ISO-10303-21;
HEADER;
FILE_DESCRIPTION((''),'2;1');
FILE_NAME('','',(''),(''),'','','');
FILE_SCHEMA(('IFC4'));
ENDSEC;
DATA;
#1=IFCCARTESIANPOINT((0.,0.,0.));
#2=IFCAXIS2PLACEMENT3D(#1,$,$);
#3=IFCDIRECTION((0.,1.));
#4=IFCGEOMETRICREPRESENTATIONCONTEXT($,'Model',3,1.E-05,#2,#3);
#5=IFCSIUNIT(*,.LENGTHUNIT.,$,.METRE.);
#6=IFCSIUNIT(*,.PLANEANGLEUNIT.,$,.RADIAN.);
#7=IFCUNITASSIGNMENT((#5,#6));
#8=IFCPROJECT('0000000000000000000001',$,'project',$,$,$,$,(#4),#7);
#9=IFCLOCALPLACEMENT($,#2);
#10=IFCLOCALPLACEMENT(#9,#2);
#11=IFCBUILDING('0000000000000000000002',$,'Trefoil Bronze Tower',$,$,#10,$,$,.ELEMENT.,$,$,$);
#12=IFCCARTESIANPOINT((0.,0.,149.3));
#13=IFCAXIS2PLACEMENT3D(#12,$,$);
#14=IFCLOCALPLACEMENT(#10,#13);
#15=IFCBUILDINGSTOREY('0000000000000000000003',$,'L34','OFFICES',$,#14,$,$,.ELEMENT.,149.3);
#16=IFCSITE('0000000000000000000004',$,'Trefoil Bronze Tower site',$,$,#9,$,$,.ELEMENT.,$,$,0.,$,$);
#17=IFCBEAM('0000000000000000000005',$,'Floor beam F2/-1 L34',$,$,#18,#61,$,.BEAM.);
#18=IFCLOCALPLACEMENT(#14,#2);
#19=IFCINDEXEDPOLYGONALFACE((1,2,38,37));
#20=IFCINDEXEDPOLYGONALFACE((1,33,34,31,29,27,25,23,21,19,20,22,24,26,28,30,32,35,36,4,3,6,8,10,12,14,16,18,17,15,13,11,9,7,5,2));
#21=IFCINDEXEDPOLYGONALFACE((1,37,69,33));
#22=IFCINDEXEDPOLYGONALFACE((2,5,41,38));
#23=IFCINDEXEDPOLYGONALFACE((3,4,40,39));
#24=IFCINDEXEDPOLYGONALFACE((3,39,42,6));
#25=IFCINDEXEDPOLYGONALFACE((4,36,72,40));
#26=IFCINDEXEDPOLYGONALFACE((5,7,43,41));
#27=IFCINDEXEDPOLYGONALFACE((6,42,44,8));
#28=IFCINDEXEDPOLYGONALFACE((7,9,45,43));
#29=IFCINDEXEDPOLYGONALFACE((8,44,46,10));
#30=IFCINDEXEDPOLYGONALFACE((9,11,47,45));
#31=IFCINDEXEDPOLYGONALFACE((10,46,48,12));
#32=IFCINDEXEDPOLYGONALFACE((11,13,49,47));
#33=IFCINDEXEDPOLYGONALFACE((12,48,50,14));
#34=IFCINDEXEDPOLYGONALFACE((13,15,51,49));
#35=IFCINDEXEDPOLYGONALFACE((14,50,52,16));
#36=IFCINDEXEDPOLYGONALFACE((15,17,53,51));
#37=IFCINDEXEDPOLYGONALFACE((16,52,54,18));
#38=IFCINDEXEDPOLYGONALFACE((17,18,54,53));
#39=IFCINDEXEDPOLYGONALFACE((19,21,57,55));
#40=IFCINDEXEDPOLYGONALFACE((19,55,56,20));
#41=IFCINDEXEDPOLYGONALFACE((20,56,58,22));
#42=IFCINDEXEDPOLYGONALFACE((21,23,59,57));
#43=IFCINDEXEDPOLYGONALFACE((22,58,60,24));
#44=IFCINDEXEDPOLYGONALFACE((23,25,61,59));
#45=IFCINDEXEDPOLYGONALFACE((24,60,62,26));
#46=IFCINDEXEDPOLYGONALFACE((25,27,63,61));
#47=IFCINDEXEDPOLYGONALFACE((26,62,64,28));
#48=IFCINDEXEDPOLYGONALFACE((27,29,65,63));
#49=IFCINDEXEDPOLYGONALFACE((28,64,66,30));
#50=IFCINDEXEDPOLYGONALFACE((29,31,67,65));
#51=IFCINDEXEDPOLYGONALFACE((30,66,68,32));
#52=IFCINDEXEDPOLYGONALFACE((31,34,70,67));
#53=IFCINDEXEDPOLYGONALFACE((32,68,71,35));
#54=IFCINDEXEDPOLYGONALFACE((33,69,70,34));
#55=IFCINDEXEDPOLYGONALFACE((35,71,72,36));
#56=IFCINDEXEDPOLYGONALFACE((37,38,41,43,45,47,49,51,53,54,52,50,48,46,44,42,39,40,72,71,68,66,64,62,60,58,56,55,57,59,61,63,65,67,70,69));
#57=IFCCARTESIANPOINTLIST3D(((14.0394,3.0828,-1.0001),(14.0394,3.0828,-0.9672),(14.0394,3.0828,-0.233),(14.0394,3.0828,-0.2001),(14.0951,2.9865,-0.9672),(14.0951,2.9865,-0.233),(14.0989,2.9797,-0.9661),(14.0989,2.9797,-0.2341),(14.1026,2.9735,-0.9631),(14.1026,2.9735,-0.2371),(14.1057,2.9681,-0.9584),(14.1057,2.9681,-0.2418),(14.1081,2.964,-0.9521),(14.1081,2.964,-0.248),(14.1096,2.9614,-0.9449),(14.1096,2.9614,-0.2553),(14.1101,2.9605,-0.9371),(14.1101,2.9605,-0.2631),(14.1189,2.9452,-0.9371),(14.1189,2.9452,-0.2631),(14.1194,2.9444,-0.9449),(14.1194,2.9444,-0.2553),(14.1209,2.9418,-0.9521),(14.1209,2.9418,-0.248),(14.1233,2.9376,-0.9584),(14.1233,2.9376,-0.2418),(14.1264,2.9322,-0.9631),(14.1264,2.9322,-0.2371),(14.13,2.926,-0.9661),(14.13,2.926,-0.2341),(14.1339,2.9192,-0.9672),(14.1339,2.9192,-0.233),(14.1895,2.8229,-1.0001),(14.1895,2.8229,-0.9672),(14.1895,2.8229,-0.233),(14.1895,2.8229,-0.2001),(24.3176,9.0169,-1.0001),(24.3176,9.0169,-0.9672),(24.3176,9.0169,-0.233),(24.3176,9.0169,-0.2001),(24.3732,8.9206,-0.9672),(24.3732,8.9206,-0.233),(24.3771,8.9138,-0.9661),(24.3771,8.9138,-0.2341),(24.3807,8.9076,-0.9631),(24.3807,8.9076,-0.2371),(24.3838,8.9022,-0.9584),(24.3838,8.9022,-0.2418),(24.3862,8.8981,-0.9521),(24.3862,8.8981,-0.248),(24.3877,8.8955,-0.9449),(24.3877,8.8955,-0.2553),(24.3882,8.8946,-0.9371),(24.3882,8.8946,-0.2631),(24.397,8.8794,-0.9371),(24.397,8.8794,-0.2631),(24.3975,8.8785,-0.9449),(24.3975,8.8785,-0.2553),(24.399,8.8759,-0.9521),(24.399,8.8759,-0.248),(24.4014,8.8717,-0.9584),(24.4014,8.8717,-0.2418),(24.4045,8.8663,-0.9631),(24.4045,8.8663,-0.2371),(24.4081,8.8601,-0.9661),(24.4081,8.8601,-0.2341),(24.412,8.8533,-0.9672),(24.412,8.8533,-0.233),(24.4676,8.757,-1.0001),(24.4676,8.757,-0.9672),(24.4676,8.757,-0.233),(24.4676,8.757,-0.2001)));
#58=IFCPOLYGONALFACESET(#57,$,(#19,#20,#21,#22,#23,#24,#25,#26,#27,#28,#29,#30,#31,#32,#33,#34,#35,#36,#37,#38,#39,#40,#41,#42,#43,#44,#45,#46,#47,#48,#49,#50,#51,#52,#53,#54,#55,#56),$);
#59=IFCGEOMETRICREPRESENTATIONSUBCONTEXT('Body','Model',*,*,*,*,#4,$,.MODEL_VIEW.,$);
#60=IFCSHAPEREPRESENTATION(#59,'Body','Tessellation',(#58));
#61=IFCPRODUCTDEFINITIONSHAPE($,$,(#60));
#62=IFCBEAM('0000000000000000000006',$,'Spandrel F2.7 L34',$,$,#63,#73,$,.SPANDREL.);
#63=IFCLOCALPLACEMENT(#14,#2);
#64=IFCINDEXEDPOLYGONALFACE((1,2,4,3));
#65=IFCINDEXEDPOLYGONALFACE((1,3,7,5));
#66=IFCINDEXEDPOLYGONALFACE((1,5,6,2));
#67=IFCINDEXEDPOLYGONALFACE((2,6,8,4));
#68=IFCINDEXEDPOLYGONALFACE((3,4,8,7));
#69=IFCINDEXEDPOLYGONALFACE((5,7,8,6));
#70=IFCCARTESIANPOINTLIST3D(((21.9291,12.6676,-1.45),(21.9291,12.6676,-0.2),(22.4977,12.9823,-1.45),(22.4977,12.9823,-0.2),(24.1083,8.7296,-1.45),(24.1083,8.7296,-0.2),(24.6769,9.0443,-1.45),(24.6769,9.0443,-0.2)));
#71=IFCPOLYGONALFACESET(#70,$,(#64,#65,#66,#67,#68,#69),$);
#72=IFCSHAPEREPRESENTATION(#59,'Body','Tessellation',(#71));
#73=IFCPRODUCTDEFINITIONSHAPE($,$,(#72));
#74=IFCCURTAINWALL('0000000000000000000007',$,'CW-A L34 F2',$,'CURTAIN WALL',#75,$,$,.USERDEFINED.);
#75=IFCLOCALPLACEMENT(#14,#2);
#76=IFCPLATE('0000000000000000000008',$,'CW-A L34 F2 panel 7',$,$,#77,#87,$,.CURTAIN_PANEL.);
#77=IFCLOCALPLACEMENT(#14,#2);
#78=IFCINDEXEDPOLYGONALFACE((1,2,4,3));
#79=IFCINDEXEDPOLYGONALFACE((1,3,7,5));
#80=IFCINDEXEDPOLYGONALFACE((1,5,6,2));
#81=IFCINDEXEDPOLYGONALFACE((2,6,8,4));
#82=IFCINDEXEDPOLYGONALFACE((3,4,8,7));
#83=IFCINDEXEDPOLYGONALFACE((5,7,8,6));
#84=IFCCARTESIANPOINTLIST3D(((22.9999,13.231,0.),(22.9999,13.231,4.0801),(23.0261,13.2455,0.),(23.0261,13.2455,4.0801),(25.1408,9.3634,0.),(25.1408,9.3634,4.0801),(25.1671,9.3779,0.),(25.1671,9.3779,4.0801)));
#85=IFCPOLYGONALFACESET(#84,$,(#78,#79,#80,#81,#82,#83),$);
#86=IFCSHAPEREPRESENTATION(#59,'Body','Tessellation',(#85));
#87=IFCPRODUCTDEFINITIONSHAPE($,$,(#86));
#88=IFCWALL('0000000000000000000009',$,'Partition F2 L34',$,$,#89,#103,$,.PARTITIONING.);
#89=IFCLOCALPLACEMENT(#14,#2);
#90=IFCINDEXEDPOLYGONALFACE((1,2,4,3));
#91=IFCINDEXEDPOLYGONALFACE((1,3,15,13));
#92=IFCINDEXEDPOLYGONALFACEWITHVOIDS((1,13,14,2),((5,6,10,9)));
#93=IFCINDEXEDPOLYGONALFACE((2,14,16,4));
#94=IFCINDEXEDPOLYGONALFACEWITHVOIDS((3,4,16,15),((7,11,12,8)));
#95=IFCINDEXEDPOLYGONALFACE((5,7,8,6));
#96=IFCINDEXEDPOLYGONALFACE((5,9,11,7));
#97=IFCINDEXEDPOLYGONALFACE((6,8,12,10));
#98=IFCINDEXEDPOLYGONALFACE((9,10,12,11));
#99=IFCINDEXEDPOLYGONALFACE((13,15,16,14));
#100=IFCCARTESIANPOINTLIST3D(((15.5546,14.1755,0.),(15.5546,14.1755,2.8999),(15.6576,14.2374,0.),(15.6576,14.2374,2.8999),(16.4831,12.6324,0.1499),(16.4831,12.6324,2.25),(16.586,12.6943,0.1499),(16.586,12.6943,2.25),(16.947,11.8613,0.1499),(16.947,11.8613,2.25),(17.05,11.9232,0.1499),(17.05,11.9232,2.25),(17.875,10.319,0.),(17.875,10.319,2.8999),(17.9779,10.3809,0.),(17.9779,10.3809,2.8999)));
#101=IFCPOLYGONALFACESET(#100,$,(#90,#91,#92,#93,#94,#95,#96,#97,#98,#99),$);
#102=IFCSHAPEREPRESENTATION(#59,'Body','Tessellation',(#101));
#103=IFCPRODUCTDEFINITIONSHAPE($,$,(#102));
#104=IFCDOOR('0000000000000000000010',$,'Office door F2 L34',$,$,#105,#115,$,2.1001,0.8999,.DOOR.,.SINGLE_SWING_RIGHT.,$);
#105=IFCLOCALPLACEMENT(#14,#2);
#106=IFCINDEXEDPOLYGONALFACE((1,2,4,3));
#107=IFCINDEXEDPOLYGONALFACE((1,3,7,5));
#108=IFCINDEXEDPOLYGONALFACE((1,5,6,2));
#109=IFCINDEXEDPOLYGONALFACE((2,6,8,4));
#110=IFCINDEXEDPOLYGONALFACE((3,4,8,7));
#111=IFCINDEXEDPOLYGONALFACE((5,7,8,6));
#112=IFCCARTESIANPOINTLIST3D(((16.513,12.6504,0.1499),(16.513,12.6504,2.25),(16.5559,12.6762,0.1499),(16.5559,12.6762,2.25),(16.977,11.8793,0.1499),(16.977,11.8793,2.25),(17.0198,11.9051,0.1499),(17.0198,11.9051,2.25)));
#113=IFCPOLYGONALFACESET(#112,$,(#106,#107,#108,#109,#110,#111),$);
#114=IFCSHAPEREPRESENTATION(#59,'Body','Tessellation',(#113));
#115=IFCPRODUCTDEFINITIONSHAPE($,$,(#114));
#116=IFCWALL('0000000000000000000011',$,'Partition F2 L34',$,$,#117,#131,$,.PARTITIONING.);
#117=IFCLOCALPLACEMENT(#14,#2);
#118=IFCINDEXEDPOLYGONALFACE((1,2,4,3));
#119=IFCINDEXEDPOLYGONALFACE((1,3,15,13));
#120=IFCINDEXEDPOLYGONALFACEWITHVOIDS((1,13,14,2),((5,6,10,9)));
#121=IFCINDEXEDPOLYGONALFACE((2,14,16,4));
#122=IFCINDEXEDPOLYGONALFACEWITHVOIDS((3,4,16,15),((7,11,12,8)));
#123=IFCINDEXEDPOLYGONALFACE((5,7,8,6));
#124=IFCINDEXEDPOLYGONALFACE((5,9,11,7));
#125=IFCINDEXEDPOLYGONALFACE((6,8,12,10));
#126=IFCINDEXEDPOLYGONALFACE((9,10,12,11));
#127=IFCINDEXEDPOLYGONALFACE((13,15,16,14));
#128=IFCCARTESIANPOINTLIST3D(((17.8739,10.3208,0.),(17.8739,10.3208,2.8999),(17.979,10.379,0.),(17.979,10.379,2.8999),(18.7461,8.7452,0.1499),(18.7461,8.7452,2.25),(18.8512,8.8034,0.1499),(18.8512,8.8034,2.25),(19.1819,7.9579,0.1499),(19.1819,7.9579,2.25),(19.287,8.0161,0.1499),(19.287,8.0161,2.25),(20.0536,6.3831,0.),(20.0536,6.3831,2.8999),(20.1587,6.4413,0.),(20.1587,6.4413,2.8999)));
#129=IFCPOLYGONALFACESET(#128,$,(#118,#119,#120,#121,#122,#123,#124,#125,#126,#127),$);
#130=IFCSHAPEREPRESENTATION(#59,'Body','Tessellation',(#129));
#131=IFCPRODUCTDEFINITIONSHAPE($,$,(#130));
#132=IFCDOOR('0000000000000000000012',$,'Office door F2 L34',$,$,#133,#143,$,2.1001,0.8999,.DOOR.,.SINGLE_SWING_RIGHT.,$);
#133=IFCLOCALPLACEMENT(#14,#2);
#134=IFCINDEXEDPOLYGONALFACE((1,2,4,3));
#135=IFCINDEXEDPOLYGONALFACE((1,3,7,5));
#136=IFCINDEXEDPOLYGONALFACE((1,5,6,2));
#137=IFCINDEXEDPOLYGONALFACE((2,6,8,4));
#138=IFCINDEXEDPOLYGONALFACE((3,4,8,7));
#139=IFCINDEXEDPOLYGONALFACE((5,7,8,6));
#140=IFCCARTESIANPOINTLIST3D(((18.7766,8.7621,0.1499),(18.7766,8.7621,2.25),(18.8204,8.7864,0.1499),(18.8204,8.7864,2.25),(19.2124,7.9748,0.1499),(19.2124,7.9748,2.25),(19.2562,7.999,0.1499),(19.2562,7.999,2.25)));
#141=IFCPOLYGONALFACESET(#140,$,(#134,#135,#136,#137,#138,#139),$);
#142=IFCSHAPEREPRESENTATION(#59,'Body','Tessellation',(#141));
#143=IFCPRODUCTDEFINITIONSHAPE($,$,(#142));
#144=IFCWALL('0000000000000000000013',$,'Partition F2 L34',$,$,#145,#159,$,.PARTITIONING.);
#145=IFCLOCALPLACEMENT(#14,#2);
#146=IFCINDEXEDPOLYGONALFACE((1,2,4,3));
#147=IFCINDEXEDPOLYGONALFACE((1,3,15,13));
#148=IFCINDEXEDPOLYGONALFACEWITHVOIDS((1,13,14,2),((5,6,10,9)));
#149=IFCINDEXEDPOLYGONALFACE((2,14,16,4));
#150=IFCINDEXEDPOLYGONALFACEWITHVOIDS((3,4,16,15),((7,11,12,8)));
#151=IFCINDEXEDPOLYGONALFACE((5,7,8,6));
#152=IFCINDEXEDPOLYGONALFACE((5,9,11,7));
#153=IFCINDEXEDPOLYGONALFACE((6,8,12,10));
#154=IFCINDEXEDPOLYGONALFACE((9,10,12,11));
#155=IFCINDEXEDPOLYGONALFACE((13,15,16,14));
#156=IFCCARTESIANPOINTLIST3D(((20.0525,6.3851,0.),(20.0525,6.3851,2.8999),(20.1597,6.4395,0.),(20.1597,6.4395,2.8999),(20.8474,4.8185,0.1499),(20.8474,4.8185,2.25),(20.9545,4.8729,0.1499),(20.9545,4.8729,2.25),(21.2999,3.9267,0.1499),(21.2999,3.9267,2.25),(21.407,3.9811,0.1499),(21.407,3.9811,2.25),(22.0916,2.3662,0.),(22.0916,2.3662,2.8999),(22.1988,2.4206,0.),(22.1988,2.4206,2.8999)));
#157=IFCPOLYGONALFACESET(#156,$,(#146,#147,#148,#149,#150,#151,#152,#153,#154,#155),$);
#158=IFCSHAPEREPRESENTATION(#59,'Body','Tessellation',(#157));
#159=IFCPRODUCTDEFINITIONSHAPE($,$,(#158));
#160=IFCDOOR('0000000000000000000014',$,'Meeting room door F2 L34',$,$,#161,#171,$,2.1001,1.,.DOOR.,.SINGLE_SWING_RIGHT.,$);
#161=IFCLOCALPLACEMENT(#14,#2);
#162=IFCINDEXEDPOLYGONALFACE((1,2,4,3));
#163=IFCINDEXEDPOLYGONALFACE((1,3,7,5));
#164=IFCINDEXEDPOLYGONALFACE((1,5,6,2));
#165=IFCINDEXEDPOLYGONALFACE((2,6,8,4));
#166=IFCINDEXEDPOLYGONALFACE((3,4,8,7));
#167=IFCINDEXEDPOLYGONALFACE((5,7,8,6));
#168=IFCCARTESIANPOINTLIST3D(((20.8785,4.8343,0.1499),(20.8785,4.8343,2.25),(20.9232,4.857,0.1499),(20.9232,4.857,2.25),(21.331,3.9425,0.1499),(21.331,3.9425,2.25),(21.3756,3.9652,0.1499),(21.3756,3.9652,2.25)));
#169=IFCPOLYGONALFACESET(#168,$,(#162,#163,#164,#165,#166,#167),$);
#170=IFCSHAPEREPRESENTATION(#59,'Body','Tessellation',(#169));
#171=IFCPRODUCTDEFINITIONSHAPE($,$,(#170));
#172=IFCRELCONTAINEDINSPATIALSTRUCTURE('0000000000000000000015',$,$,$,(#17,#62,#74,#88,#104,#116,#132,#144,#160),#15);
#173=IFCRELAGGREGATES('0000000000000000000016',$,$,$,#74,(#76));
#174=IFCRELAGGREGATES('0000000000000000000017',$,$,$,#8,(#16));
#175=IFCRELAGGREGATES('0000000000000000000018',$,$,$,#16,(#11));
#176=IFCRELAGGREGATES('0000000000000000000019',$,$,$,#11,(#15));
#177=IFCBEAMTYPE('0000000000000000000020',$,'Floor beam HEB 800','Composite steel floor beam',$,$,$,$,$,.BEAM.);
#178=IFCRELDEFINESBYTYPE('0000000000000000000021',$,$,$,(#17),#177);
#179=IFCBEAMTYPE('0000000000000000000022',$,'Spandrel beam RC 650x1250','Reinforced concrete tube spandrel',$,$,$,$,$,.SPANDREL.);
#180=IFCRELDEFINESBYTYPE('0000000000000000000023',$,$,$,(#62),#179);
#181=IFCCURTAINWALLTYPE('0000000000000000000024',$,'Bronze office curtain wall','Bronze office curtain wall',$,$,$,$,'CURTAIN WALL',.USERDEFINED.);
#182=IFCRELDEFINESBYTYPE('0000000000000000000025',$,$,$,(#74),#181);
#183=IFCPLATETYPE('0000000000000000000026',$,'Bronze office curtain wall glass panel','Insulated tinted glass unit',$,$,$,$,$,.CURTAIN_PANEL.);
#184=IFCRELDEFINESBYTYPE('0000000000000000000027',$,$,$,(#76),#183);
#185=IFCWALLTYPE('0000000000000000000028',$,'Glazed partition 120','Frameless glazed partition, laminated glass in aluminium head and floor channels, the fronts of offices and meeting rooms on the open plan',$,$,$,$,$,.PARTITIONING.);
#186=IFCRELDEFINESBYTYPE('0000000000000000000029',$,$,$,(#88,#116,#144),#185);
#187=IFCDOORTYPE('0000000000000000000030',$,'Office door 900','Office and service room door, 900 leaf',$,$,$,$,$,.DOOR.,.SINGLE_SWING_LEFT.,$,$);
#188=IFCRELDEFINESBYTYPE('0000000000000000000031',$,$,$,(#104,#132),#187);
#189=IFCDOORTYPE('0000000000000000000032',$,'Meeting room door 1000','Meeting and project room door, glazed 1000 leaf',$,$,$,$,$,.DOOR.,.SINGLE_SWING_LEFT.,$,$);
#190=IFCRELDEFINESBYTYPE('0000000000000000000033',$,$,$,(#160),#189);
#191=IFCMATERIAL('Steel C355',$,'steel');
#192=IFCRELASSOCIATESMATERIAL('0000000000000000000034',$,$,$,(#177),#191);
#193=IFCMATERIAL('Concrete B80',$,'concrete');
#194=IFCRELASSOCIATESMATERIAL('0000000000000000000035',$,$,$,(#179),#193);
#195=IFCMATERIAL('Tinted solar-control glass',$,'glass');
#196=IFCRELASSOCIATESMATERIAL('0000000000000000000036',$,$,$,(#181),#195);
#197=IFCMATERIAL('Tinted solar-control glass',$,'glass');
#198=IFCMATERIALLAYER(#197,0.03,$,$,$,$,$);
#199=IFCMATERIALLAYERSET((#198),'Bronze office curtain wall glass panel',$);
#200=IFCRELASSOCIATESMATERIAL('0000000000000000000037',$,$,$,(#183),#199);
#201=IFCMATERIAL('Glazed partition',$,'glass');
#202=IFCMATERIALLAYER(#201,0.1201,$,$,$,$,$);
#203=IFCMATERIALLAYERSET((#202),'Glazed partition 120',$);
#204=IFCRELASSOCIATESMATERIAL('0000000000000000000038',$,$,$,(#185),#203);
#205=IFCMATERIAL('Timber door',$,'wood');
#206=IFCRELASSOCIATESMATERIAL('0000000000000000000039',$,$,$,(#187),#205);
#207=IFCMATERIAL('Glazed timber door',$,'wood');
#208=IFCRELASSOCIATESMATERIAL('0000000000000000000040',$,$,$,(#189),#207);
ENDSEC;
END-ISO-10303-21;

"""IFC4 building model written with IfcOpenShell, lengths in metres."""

from ifc_helpers import new_model, si_unit, direction, frame, frame_2d, origin, origin_2d, place, context, subcontext, project, spatial, rectangle, i_section, extrude, material, layer, layer_set, material_profile, profile_set, type_object, element, fill, aggregate, save


model = new_model("IFC4")

# Units and contexts
model_context = context("Model", 3, precision=1e-05, world=origin(), true_north=direction((0.0, 1.0)))
body_context = subcontext(model_context, "Body", "Model", "MODEL_VIEW")
ifc_project = project(units=[si_unit("LENGTHUNIT", "METRE"), si_unit("PLANEANGLEUNIT", "RADIAN")], contexts=[model_context])

# Site, building, storey
site_placement = place(None, origin())
site = spatial("IfcSite", under=ifc_project, at=site_placement, Name="Trefoil Bronze Tower site", CompositionType="ELEMENT", RefElevation=0.0)
building_placement = place(site_placement, origin())
building = spatial("IfcBuilding", under=site, at=building_placement, Name="Trefoil Bronze Tower", CompositionType="ELEMENT")
storey_placement = place(building_placement, frame((0.0, 0.0, 149.3)))
storey = spatial("IfcBuildingStorey", under=building, at=storey_placement, Name="L34", Description="OFFICES", CompositionType="ELEMENT", Elevation=149.3)

# Beams
ifc_material_1 = material(Name="Steel C355", Category="steel")
ifc_material_profile_1 = material_profile(ifc_material_1, i_section(OverallWidth=0.3, OverallDepth=0.8, WebThickness=0.0176, FlangeThickness=0.033, FilletRadius=0.03, at=origin_2d()), Name="HEB 800")
ifc_profile_set_1 = profile_set([ifc_material_profile_1], Name="Steel C355")
beam_type_1 = type_object("IfcBeamType", Name="Floor beam HEB 800", Description="Composite steel floor beam", PredefinedType="BEAM", material=ifc_profile_set_1)
beam_1_placement = place(storey_placement, frame((24.3926, 8.887, -0.6001), z_axis=(-0.866024, -0.500002, 0.0), x_axis=(0.500002, -0.866024, 0.0)))
element("IfcBeam", 1, at=beam_1_placement, inside=storey, type_object=beam_type_1, Name="Floor beam F2/-1 L34", PredefinedType="BEAM", context=body_context, shape_type="SweptSolid", body=[
    extrude(i_section(OverallWidth=0.3, OverallDepth=0.8, WebThickness=0.0176, FlangeThickness=0.033, FilletRadius=0.03, at=origin_2d()), origin(), (0.0, 0.0, 1.0), 11.8682),
])
ifc_material_2 = material(Name="Concrete B80", Category="concrete")
ifc_material_profile_2 = material_profile(ifc_material_2, rectangle(XDim=0.6499, YDim=1.25, at=origin_2d()), Name="RC 650x1250")
ifc_profile_set_2 = profile_set([ifc_material_profile_2], Name="Concrete B80")
beam_type_2 = type_object("IfcBeamType", Name="Spandrel beam RC 650x1250", Description="Reinforced concrete tube spandrel", PredefinedType="SPANDREL", material=ifc_profile_set_2)
beam_2_placement = place(storey_placement, frame((24.3926, 8.887, -0.825), z_axis=(-0.484187, 0.874965, 0.0), x_axis=(-0.874965, -0.484187, 0.0)))
element("IfcBeam", 2, at=beam_2_placement, inside=storey, type_object=beam_type_2, Name="Spandrel F2.7 L34", PredefinedType="SPANDREL", context=body_context, shape_type="SweptSolid", body=[
    extrude(rectangle(XDim=0.6499, YDim=1.25, at=origin_2d()), origin(), (0.0, 0.0, 1.0), 4.5007),
])

# Curtain wall, plate
ifc_material_3 = material(Name="Tinted solar-control glass", Category="glass")
curtain_wall_type = type_object("IfcCurtainWallType", Name="Bronze office curtain wall", Description="Bronze office curtain wall", ElementType="CURTAIN WALL", PredefinedType="USERDEFINED", material=ifc_material_3)
curtain_wall_placement = place(storey_placement, origin())
curtain_wall = element("IfcCurtainWall", 3, at=curtain_wall_placement, inside=storey, type_object=curtain_wall_type, Name="CW-A L34 F2", ObjectType="CURTAIN WALL", PredefinedType="USERDEFINED")
ifc_material_4 = material(Name="Tinted solar-control glass", Category="glass")
ifc_layer_1 = layer(ifc_material_4, 0.03)
ifc_layer_set_1 = layer_set([ifc_layer_1], Name="Bronze office curtain wall glass panel")
plate_type = type_object("IfcPlateType", Name="Bronze office curtain wall glass panel", Description="Insulated tinted glass unit", PredefinedType="CURTAIN_PANEL", material=ifc_layer_set_1)
plate_placement = place(storey_placement, frame((24.0835, 11.3044, 0.0), z_axis=(0.0, 0.0, 1.0), x_axis=(-0.484312, 0.874895, 0.0)))
plate = element("IfcPlate", 4, at=plate_placement, type_object=plate_type, Name="CW-A L34 F2 panel 7", PredefinedType="CURTAIN_PANEL", context=body_context, shape_type="SweptSolid", body=[
    extrude(rectangle(XDim=4.4207, YDim=0.03, at=origin_2d()), origin(), (0.0, 0.0, 1.0), 4.0801),
])
aggregate(curtain_wall, [plate])

# Walls, openings, doors
ifc_material_5 = material(Name="Glazed partition", Category="glass")
ifc_layer_2 = layer(ifc_material_5, 0.1201)
ifc_layer_set_2 = layer_set([ifc_layer_2], Name="Glazed partition 120")
wall_type_1 = type_object("IfcWallType", Name="Glazed partition 120", Description="Frameless glazed partition, laminated glass in aluminium head and floor channels, the fronts of offices and meeting rooms on the open plan", PredefinedType="PARTITIONING", material=ifc_layer_set_2)
wall_1_placement = place(storey_placement, frame((17.9265, 10.3499, 0.0), z_axis=(0.0, 0.0, 1.0), x_axis=(-0.515548, 0.85686, 0.0)))
wall_1 = element("IfcWall", 5, at=wall_1_placement, inside=storey, type_object=wall_type_1, Name="Partition F2 L34", PredefinedType="PARTITIONING", context=body_context, shape_type="SweptSolid", body=[
    extrude(rectangle(XDim=4.5007, YDim=0.1201, at=frame_2d((2.2505, 0.0))), origin(), (0.0, 0.0, 1.0), 2.8999),
])
opening_1_placement = place(wall_1_placement, frame((1.8, 0.0, 0.1499)))
opening_1 = element("IfcOpeningElement", 6, at=opening_1_placement, cuts=wall_1, PredefinedType="OPENING", context=body_context, shape_type="SweptSolid", body=[
    extrude(rectangle(XDim=0.8999, YDim=2.1001, at=frame_2d((0.45, 1.05))), frame((0.0, 0.0701, 0.0), z_axis=(0.0, -1.0, 0.0), x_axis=(1.0, 0.0, 0.0)), (0.0, 0.0, 1.0), 0.1401),
])
ifc_material_6 = material(Name="Timber door", Category="wood")
door_type_1 = type_object("IfcDoorType", Name="Office door 900", Description="Office and service room door, 900 leaf", OperationType="SINGLE_SWING_LEFT", PredefinedType="DOOR", material=ifc_material_6)
door_1_placement = place(opening_1_placement, frame((0.8999, 0.0, 0.0), z_axis=(0.0, 0.0, 1.0), x_axis=(-1.0, 0.0, 0.0)))
door_1 = element("IfcDoor", 7, at=door_1_placement, inside=storey, type_object=door_type_1, Name="Office door F2 L34", OperationType="SINGLE_SWING_RIGHT", OverallHeight=2.1001, OverallWidth=0.8999, PredefinedType="DOOR", context=body_context, shape_type="SweptSolid", body=[
    extrude(rectangle(XDim=0.8999, YDim=2.1001, at=frame_2d((0.45, 1.05))), frame((0.0, 0.0249, 0.0), z_axis=(0.0, -1.0, 0.0), x_axis=(1.0, 0.0, 0.0)), (0.0, 0.0, 1.0), 0.05),
])
fill(opening_1, door_1)
wall_2_placement = place(storey_placement, frame((20.1062, 6.4121, 0.0), z_axis=(0.0, 0.0, 1.0), x_axis=(-0.484293, 0.874906, 0.0)))
wall_2 = element("IfcWall", 8, at=wall_2_placement, inside=storey, type_object=wall_type_1, Name="Partition F2 L34", PredefinedType="PARTITIONING", context=body_context, shape_type="SweptSolid", body=[
    extrude(rectangle(XDim=4.5007, YDim=0.1201, at=frame_2d((2.2505, 0.0))), origin(), (0.0, 0.0, 1.0), 2.8999),
])
opening_2_placement = place(wall_2_placement, frame((1.8, 0.0, 0.1499)))
opening_2 = element("IfcOpeningElement", 9, at=opening_2_placement, cuts=wall_2, PredefinedType="OPENING", context=body_context, shape_type="SweptSolid", body=[
    extrude(rectangle(XDim=0.8999, YDim=2.1001, at=frame_2d((0.45, 1.05))), frame((0.0, 0.0701, 0.0), z_axis=(0.0, -1.0, 0.0), x_axis=(1.0, 0.0, 0.0)), (0.0, 0.0, 1.0), 0.1401),
])
door_2_placement = place(opening_2_placement, frame((0.8999, 0.0, 0.0), z_axis=(0.0, 0.0, 1.0), x_axis=(-1.0, 0.0, 0.0)))
door_2 = element("IfcDoor", 10, at=door_2_placement, inside=storey, type_object=door_type_1, Name="Office door F2 L34", OperationType="SINGLE_SWING_RIGHT", OverallHeight=2.1001, OverallWidth=0.8999, PredefinedType="DOOR", context=body_context, shape_type="SweptSolid", body=[
    extrude(rectangle(XDim=0.8999, YDim=2.1001, at=frame_2d((0.45, 1.05))), frame((0.0, 0.0249, 0.0), z_axis=(0.0, -1.0, 0.0), x_axis=(1.0, 0.0, 0.0)), (0.0, 0.0, 1.0), 0.05),
])
fill(opening_2, door_2)
wall_3_placement = place(storey_placement, frame((22.1453, 2.3933, 0.0), z_axis=(0.0, 0.0, 1.0), x_axis=(-0.452472, 0.891779, 0.0)))
wall_3 = element("IfcWall", 11, at=wall_3_placement, inside=storey, type_object=wall_type_1, Name="Partition F2 L34", PredefinedType="PARTITIONING", context=body_context, shape_type="SweptSolid", body=[
    extrude(rectangle(XDim=4.5066, YDim=0.1201, at=frame_2d((2.2534, 0.0))), origin(), (0.0, 0.0, 1.0), 2.8999),
])
opening_3_placement = place(wall_3_placement, frame((1.75, 0.0, 0.1499)))
opening_3 = element("IfcOpeningElement", 12, at=opening_3_placement, cuts=wall_3, PredefinedType="OPENING", context=body_context, shape_type="SweptSolid", body=[
    extrude(rectangle(XDim=1.0, YDim=2.1001, at=frame_2d((0.5, 1.05))), frame((0.0, 0.0701, 0.0), z_axis=(0.0, -1.0, 0.0), x_axis=(1.0, 0.0, 0.0)), (0.0, 0.0, 1.0), 0.1401),
])
ifc_material_7 = material(Name="Glazed timber door", Category="wood")
door_type_2 = type_object("IfcDoorType", Name="Meeting room door 1000", Description="Meeting and project room door, glazed 1000 leaf", OperationType="SINGLE_SWING_LEFT", PredefinedType="DOOR", material=ifc_material_7)
door_3_placement = place(opening_3_placement, frame((1.0, 0.0, 0.0), z_axis=(0.0, 0.0, 1.0), x_axis=(-1.0, 0.0, 0.0)))
door_3 = element("IfcDoor", 13, at=door_3_placement, inside=storey, type_object=door_type_2, Name="Meeting room door F2 L34", OperationType="SINGLE_SWING_RIGHT", OverallHeight=2.1001, OverallWidth=1.0, PredefinedType="DOOR", context=body_context, shape_type="SweptSolid", body=[
    extrude(rectangle(XDim=1.0, YDim=2.1001, at=frame_2d((0.5, 1.05))), frame((0.0, 0.0249, 0.0), z_axis=(0.0, -1.0, 0.0), x_axis=(1.0, 0.0, 0.0)), (0.0, 0.0, 1.0), 0.05),
])
fill(opening_3, door_3)

save(model, "model.ifc")
